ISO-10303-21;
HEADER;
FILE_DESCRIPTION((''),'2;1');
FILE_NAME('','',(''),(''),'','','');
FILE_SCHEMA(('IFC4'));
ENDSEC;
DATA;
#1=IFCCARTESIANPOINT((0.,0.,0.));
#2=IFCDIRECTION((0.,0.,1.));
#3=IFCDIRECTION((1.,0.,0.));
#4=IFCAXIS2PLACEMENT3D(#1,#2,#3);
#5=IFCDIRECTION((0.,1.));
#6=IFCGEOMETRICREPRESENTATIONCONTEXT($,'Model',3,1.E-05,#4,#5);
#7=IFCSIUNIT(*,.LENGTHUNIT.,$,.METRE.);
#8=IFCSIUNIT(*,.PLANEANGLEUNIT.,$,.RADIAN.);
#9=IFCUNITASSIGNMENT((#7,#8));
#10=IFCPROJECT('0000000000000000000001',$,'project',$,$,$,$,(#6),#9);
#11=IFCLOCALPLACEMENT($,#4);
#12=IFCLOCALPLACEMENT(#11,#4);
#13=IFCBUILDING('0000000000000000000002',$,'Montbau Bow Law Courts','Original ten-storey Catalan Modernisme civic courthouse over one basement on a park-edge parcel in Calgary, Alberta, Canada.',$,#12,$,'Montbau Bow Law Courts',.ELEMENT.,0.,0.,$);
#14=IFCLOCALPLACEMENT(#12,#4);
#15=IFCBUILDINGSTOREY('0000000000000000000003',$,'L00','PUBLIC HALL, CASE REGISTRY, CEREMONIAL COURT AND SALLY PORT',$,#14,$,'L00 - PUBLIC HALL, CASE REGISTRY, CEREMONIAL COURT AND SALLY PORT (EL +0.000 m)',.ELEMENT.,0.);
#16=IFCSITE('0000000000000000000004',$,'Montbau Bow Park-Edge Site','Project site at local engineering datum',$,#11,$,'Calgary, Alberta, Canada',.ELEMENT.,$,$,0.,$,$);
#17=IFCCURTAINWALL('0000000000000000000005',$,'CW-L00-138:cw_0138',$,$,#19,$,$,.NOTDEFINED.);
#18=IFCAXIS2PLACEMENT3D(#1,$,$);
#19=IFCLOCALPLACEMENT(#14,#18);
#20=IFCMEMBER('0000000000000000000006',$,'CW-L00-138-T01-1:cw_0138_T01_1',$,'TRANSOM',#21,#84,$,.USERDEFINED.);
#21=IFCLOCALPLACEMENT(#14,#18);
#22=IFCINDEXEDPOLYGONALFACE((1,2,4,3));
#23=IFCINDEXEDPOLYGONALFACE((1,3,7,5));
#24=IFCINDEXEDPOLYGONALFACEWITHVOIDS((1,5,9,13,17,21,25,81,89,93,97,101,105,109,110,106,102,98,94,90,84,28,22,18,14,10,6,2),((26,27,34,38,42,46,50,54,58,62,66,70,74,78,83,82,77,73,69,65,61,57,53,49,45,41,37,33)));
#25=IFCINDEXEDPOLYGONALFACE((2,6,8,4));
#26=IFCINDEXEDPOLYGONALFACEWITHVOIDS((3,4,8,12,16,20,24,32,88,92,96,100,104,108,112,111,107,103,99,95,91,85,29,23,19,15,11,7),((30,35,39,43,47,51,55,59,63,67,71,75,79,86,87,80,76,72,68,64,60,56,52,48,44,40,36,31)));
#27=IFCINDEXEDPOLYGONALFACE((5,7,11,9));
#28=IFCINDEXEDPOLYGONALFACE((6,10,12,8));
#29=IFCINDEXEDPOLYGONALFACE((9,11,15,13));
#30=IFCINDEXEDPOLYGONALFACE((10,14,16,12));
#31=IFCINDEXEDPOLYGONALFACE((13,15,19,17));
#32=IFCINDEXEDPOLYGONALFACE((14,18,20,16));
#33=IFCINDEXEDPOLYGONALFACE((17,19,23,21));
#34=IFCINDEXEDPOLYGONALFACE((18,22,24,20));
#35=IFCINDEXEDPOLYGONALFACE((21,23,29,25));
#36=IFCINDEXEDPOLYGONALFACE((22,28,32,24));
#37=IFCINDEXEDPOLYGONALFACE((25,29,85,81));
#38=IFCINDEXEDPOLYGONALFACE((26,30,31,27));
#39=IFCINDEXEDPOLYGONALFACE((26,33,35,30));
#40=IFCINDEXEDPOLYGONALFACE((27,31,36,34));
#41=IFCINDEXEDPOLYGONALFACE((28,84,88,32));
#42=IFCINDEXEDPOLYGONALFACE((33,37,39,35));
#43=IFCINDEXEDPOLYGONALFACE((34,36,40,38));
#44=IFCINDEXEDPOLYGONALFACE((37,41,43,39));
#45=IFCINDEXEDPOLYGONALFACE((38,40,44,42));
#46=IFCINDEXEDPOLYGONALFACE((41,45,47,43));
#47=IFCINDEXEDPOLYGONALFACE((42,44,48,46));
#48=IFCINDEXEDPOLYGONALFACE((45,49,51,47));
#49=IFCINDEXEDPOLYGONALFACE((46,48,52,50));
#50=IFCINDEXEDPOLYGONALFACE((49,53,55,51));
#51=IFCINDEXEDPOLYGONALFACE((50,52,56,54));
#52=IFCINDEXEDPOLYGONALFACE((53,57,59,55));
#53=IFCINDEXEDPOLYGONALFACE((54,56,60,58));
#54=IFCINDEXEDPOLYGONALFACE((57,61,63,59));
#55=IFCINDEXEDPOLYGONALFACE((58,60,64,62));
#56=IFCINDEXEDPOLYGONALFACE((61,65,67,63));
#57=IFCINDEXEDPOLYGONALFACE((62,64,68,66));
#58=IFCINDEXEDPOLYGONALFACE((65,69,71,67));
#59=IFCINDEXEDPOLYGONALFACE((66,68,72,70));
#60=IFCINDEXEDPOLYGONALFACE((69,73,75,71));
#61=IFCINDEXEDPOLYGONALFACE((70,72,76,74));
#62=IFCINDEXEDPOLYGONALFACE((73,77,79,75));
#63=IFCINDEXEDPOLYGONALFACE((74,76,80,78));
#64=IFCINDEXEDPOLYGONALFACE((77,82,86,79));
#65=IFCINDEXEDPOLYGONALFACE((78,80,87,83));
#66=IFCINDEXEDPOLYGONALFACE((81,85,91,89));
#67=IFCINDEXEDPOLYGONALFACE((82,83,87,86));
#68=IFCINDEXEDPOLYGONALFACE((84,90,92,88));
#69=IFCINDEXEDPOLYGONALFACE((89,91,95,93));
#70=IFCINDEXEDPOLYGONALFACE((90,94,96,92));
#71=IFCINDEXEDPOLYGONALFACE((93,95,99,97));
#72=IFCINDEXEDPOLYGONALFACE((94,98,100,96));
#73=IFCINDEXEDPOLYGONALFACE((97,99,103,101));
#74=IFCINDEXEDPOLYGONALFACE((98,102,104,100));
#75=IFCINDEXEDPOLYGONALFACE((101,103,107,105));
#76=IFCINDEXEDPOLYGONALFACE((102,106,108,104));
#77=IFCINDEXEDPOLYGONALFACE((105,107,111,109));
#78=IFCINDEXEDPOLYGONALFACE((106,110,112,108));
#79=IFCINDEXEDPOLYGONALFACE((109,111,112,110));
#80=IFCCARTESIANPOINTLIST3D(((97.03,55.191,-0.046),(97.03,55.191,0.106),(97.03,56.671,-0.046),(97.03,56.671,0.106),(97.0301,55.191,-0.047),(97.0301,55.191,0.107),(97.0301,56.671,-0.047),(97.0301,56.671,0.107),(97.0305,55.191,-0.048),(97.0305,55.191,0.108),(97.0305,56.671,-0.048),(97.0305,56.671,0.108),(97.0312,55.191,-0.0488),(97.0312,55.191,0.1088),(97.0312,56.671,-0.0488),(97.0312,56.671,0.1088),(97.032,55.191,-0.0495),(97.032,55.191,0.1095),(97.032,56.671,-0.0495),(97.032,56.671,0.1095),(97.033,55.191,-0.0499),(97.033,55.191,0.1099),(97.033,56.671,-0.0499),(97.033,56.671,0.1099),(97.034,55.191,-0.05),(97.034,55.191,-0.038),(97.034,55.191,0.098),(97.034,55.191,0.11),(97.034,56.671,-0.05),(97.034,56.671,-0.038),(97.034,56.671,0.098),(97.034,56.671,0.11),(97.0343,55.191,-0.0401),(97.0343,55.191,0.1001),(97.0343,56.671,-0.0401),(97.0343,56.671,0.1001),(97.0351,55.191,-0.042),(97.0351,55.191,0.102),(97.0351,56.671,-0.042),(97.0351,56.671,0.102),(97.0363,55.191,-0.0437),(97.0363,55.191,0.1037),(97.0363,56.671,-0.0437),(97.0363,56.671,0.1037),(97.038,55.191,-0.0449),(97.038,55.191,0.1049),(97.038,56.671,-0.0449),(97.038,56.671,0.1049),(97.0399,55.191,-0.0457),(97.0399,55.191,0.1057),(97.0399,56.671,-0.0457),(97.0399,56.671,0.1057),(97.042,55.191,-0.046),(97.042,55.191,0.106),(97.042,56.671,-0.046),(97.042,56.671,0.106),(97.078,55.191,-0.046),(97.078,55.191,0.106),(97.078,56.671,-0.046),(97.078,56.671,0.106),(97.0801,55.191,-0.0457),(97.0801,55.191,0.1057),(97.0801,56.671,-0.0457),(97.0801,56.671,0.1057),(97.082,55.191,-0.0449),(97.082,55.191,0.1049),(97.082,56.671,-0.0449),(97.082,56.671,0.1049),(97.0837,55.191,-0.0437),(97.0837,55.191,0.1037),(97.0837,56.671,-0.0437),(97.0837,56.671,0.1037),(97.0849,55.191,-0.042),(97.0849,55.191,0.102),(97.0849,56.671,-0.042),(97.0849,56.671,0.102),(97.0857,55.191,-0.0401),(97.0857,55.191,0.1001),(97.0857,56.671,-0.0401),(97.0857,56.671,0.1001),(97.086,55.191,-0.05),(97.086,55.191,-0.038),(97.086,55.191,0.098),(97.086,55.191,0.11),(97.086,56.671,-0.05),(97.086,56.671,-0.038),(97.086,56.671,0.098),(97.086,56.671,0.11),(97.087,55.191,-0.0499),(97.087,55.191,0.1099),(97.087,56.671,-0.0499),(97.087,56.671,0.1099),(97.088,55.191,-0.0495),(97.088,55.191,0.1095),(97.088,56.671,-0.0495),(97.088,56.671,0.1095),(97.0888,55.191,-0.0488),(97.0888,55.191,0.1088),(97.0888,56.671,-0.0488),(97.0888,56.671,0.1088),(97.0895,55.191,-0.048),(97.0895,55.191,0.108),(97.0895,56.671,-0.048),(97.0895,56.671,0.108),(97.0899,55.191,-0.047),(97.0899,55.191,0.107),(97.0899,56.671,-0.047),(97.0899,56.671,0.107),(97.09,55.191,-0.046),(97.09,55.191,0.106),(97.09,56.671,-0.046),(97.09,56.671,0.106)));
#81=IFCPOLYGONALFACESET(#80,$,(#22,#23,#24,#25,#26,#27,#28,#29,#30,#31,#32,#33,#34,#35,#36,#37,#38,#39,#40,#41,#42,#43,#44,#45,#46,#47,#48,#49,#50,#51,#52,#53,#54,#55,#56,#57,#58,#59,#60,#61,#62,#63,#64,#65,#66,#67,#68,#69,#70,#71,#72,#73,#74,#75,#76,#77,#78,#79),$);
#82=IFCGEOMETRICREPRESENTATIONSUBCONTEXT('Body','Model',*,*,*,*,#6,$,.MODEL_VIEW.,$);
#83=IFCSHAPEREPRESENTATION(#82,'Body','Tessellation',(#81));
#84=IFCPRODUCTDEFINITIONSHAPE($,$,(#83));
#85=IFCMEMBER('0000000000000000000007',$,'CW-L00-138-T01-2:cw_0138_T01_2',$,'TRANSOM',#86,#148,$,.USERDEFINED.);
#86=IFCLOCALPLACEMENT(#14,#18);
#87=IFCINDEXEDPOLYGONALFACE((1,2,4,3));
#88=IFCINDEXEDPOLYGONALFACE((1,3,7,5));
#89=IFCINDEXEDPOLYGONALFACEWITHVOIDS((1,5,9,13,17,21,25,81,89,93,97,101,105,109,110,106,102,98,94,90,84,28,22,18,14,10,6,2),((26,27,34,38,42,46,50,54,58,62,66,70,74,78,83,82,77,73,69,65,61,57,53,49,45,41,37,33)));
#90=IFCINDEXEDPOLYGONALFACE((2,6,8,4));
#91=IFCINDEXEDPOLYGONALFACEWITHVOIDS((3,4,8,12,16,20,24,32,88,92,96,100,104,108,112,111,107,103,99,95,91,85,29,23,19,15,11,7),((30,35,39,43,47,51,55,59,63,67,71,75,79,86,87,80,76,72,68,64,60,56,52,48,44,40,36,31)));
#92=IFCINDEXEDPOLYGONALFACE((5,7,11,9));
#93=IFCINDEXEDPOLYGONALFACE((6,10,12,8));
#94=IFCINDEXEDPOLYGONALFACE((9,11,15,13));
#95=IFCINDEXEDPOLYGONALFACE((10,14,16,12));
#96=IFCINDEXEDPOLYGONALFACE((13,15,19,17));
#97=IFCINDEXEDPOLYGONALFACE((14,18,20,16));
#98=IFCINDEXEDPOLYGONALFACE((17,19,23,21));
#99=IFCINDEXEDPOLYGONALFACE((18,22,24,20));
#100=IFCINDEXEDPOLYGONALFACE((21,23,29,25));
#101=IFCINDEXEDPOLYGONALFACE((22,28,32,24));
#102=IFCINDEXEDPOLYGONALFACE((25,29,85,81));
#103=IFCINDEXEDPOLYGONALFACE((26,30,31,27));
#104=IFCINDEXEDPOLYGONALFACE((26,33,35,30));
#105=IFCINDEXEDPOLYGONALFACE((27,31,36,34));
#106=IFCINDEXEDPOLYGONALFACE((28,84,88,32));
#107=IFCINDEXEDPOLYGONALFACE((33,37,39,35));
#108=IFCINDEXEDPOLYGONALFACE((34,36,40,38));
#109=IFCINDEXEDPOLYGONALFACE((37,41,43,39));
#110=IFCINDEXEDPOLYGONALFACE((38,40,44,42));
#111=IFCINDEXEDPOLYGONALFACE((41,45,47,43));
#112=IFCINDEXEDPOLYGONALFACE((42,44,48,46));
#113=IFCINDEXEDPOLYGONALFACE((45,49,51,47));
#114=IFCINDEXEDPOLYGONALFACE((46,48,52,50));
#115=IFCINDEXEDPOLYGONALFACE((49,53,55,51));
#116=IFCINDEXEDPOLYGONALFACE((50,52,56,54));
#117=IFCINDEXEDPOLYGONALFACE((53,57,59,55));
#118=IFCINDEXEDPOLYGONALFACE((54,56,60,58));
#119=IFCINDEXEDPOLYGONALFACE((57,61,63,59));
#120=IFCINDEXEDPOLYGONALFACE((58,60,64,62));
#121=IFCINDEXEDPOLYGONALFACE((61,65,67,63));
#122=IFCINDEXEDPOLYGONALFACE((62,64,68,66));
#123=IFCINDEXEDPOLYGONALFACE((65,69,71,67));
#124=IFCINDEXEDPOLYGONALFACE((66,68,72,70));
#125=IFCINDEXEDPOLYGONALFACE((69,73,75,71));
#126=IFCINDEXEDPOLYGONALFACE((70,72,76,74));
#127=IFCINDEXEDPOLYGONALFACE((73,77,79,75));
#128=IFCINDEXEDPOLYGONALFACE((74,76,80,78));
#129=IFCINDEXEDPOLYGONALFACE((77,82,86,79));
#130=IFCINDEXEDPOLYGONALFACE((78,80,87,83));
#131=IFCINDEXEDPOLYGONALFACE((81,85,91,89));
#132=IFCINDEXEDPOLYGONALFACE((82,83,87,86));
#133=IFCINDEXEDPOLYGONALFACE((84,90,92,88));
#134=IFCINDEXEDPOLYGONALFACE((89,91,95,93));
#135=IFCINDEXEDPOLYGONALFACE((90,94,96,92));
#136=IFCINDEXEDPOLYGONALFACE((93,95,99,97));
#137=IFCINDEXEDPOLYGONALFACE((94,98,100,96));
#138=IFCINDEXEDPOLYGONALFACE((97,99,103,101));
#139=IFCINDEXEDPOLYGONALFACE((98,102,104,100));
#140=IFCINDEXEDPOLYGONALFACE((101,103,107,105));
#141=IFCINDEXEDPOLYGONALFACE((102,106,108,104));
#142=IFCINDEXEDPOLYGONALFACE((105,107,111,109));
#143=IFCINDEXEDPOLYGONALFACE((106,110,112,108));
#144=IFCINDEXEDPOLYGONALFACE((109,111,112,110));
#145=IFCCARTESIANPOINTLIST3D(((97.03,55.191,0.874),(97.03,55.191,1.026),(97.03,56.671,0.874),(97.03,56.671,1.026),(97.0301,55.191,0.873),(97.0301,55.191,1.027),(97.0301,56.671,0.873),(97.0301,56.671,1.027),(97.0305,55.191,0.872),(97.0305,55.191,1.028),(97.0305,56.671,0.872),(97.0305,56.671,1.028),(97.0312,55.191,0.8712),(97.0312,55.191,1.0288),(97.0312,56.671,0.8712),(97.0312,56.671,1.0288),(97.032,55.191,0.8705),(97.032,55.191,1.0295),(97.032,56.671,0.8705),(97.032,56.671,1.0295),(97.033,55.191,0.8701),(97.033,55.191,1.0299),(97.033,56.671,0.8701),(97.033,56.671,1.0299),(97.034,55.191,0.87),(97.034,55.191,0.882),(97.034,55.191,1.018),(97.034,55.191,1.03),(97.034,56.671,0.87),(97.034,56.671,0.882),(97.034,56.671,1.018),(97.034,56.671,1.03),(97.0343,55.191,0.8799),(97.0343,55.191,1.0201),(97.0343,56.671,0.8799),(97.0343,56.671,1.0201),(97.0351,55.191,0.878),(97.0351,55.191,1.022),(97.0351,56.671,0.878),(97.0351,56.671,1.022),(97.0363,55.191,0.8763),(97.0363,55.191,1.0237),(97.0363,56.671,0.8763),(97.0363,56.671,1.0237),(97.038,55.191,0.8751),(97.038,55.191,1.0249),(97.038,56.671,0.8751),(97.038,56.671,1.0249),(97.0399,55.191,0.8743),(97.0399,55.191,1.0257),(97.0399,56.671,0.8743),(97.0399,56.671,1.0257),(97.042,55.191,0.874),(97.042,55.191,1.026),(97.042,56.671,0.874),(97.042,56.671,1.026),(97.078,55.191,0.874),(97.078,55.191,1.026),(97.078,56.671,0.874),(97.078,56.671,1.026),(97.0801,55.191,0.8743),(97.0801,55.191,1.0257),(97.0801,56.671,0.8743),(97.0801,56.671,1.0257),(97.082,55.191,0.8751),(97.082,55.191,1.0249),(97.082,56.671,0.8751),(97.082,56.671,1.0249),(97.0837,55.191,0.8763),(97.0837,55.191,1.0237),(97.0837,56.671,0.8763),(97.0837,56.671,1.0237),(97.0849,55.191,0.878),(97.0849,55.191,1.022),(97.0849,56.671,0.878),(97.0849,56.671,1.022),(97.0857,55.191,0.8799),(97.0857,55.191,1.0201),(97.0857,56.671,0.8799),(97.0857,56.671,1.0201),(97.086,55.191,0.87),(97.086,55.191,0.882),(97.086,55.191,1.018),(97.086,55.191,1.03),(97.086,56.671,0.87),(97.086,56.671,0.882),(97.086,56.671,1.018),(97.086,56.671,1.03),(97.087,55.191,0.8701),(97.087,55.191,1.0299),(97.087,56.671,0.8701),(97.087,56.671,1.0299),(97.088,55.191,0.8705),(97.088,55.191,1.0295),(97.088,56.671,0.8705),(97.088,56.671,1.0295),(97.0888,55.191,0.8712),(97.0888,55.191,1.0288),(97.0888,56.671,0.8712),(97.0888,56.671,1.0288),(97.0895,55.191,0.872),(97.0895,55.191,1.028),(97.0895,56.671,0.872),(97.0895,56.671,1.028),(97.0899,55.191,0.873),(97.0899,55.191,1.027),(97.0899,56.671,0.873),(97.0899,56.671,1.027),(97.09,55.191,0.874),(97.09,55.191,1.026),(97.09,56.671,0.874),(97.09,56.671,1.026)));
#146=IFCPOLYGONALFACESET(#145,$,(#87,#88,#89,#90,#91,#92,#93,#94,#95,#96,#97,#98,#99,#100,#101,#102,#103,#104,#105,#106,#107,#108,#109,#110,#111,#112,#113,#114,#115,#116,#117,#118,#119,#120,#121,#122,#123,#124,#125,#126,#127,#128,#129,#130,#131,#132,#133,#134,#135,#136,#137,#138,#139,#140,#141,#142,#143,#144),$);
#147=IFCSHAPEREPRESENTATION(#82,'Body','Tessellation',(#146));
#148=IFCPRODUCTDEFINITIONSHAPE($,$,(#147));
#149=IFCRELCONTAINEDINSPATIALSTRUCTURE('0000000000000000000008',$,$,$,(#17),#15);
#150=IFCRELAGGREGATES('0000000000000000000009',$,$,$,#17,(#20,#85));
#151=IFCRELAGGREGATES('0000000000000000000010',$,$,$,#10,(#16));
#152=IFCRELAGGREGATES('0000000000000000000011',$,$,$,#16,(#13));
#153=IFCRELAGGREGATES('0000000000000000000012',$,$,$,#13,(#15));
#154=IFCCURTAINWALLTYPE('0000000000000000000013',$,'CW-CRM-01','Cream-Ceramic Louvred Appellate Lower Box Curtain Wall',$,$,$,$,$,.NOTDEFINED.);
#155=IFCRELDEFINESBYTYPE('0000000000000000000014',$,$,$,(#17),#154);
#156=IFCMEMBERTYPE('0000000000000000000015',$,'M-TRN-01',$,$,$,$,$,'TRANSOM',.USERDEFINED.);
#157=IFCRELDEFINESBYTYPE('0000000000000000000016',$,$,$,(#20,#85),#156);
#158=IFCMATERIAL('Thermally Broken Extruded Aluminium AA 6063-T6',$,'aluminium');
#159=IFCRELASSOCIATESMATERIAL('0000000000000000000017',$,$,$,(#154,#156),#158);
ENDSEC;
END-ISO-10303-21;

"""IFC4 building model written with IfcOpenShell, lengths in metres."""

from ifc_helpers import new_model, si_unit, direction, frame, origin_with_axes, origin_2d_with_axis, place, context, subcontext, project, spatial, hollow_rectangle, extrude, material, material_profile, profile_set, type_object, element, aggregate, save


model = new_model("IFC4")

# Units and contexts
model_context = context("Model", 3, precision=1e-05, world=origin_with_axes(), true_north=direction((0.0, 1.0)))
body_context = subcontext(model_context, "Body", "Model", "MODEL_VIEW")
ifc_project = project(units=[si_unit("LENGTHUNIT", "METRE"), si_unit("PLANEANGLEUNIT", "RADIAN")], contexts=[model_context])

# Site, building, storey
site_placement = place(None, origin_with_axes())
site = spatial("IfcSite", under=ifc_project, at=site_placement, Name="Montbau Bow Park-Edge Site", Description="Project site at local engineering datum", LongName="Calgary, Alberta, Canada", CompositionType="ELEMENT", RefElevation=0.0)
building_placement = place(site_placement, origin_with_axes())
building = spatial("IfcBuilding", under=site, at=building_placement, Name="Montbau Bow Law Courts", Description="Original ten-storey Catalan Modernisme civic courthouse over one basement on a park-edge parcel in Calgary, Alberta, Canada.", LongName="Montbau Bow Law Courts", CompositionType="ELEMENT", ElevationOfRefHeight=0.0, ElevationOfTerrain=0.0)
storey_placement = place(building_placement, origin_with_axes())
storey = spatial("IfcBuildingStorey", under=building, at=storey_placement, Name="L00", Description="PUBLIC HALL, CASE REGISTRY, CEREMONIAL COURT AND SALLY PORT", LongName="L00 - PUBLIC HALL, CASE REGISTRY, CEREMONIAL COURT AND SALLY PORT (EL +0.000 m)", CompositionType="ELEMENT", Elevation=0.0)

# Curtain wall
ifc_material_1 = material(Name="Thermally Broken Extruded Aluminium AA 6063-T6", Category="aluminium")
curtain_wall_type = type_object("IfcCurtainWallType", Name="CW-CRM-01", Description="Cream-Ceramic Louvred Appellate Lower Box Curtain Wall", PredefinedType="NOTDEFINED", material=ifc_material_1)
curtain_wall_1_placement = place(None, frame((97.06, 55.115, 0.0), z_axis=(0.0, 0.0, 1.0), x_axis=(1.0, 0.0, 0.0)))
curtain_wall_1 = element("IfcCurtainWall", 1, at=curtain_wall_1_placement, inside=storey, type_object=curtain_wall_type, Name="CW-L00-138:cw_0138", PredefinedType="NOTDEFINED")

# Members
ifc_material_profile_1 = material_profile(ifc_material_1, hollow_rectangle(XDim=0.06, YDim=0.16, WallThickness=0.004, InnerFilletRadius=0.008, OuterFilletRadius=0.004, at=origin_2d_with_axis()), Name="CWT-160X60", Category="Main", Priority=0)
ifc_profile_set_1 = profile_set([ifc_material_profile_1], Name="Thermally Broken Extruded Aluminium AA 6063-T6")
member_type_1 = type_object("IfcMemberType", Name="M-TRN-01", ElementType="TRANSOM", PredefinedType="USERDEFINED", material=ifc_profile_set_1)
member_1_placement = place(None, frame((97.06, 55.191, 0.03), z_axis=(0.0, 1.0, 0.0), x_axis=(-1.0, 0.0, 0.0)))
member_1 = element("IfcMember", 2, at=member_1_placement, type_object=member_type_1, Name="CW-L00-138-T01-1:cw_0138_T01_1", ObjectType="TRANSOM", PredefinedType="USERDEFINED", context=body_context, shape_type="SweptSolid", body=[
    extrude(hollow_rectangle(XDim=0.06, YDim=0.16, WallThickness=0.004, InnerFilletRadius=0.008, OuterFilletRadius=0.004, at=origin_2d_with_axis()), origin_with_axes(), (0.0, 0.0, 1.0), 1.48),
])
member_2_placement = place(None, frame((97.06, 55.191, 0.95), z_axis=(0.0, 1.0, 0.0), x_axis=(-1.0, 0.0, 0.0)))
member_2 = element("IfcMember", 3, at=member_2_placement, type_object=member_type_1, Name="CW-L00-138-T01-2:cw_0138_T01_2", ObjectType="TRANSOM", PredefinedType="USERDEFINED", context=body_context, shape_type="SweptSolid", body=[
    extrude(hollow_rectangle(XDim=0.06, YDim=0.16, WallThickness=0.004, InnerFilletRadius=0.008, OuterFilletRadius=0.004, at=origin_2d_with_axis()), origin_with_axes(), (0.0, 0.0, 1.0), 1.48),
])

aggregate(curtain_wall_1, [member_1, member_2])

save(model, "model.ifc")
